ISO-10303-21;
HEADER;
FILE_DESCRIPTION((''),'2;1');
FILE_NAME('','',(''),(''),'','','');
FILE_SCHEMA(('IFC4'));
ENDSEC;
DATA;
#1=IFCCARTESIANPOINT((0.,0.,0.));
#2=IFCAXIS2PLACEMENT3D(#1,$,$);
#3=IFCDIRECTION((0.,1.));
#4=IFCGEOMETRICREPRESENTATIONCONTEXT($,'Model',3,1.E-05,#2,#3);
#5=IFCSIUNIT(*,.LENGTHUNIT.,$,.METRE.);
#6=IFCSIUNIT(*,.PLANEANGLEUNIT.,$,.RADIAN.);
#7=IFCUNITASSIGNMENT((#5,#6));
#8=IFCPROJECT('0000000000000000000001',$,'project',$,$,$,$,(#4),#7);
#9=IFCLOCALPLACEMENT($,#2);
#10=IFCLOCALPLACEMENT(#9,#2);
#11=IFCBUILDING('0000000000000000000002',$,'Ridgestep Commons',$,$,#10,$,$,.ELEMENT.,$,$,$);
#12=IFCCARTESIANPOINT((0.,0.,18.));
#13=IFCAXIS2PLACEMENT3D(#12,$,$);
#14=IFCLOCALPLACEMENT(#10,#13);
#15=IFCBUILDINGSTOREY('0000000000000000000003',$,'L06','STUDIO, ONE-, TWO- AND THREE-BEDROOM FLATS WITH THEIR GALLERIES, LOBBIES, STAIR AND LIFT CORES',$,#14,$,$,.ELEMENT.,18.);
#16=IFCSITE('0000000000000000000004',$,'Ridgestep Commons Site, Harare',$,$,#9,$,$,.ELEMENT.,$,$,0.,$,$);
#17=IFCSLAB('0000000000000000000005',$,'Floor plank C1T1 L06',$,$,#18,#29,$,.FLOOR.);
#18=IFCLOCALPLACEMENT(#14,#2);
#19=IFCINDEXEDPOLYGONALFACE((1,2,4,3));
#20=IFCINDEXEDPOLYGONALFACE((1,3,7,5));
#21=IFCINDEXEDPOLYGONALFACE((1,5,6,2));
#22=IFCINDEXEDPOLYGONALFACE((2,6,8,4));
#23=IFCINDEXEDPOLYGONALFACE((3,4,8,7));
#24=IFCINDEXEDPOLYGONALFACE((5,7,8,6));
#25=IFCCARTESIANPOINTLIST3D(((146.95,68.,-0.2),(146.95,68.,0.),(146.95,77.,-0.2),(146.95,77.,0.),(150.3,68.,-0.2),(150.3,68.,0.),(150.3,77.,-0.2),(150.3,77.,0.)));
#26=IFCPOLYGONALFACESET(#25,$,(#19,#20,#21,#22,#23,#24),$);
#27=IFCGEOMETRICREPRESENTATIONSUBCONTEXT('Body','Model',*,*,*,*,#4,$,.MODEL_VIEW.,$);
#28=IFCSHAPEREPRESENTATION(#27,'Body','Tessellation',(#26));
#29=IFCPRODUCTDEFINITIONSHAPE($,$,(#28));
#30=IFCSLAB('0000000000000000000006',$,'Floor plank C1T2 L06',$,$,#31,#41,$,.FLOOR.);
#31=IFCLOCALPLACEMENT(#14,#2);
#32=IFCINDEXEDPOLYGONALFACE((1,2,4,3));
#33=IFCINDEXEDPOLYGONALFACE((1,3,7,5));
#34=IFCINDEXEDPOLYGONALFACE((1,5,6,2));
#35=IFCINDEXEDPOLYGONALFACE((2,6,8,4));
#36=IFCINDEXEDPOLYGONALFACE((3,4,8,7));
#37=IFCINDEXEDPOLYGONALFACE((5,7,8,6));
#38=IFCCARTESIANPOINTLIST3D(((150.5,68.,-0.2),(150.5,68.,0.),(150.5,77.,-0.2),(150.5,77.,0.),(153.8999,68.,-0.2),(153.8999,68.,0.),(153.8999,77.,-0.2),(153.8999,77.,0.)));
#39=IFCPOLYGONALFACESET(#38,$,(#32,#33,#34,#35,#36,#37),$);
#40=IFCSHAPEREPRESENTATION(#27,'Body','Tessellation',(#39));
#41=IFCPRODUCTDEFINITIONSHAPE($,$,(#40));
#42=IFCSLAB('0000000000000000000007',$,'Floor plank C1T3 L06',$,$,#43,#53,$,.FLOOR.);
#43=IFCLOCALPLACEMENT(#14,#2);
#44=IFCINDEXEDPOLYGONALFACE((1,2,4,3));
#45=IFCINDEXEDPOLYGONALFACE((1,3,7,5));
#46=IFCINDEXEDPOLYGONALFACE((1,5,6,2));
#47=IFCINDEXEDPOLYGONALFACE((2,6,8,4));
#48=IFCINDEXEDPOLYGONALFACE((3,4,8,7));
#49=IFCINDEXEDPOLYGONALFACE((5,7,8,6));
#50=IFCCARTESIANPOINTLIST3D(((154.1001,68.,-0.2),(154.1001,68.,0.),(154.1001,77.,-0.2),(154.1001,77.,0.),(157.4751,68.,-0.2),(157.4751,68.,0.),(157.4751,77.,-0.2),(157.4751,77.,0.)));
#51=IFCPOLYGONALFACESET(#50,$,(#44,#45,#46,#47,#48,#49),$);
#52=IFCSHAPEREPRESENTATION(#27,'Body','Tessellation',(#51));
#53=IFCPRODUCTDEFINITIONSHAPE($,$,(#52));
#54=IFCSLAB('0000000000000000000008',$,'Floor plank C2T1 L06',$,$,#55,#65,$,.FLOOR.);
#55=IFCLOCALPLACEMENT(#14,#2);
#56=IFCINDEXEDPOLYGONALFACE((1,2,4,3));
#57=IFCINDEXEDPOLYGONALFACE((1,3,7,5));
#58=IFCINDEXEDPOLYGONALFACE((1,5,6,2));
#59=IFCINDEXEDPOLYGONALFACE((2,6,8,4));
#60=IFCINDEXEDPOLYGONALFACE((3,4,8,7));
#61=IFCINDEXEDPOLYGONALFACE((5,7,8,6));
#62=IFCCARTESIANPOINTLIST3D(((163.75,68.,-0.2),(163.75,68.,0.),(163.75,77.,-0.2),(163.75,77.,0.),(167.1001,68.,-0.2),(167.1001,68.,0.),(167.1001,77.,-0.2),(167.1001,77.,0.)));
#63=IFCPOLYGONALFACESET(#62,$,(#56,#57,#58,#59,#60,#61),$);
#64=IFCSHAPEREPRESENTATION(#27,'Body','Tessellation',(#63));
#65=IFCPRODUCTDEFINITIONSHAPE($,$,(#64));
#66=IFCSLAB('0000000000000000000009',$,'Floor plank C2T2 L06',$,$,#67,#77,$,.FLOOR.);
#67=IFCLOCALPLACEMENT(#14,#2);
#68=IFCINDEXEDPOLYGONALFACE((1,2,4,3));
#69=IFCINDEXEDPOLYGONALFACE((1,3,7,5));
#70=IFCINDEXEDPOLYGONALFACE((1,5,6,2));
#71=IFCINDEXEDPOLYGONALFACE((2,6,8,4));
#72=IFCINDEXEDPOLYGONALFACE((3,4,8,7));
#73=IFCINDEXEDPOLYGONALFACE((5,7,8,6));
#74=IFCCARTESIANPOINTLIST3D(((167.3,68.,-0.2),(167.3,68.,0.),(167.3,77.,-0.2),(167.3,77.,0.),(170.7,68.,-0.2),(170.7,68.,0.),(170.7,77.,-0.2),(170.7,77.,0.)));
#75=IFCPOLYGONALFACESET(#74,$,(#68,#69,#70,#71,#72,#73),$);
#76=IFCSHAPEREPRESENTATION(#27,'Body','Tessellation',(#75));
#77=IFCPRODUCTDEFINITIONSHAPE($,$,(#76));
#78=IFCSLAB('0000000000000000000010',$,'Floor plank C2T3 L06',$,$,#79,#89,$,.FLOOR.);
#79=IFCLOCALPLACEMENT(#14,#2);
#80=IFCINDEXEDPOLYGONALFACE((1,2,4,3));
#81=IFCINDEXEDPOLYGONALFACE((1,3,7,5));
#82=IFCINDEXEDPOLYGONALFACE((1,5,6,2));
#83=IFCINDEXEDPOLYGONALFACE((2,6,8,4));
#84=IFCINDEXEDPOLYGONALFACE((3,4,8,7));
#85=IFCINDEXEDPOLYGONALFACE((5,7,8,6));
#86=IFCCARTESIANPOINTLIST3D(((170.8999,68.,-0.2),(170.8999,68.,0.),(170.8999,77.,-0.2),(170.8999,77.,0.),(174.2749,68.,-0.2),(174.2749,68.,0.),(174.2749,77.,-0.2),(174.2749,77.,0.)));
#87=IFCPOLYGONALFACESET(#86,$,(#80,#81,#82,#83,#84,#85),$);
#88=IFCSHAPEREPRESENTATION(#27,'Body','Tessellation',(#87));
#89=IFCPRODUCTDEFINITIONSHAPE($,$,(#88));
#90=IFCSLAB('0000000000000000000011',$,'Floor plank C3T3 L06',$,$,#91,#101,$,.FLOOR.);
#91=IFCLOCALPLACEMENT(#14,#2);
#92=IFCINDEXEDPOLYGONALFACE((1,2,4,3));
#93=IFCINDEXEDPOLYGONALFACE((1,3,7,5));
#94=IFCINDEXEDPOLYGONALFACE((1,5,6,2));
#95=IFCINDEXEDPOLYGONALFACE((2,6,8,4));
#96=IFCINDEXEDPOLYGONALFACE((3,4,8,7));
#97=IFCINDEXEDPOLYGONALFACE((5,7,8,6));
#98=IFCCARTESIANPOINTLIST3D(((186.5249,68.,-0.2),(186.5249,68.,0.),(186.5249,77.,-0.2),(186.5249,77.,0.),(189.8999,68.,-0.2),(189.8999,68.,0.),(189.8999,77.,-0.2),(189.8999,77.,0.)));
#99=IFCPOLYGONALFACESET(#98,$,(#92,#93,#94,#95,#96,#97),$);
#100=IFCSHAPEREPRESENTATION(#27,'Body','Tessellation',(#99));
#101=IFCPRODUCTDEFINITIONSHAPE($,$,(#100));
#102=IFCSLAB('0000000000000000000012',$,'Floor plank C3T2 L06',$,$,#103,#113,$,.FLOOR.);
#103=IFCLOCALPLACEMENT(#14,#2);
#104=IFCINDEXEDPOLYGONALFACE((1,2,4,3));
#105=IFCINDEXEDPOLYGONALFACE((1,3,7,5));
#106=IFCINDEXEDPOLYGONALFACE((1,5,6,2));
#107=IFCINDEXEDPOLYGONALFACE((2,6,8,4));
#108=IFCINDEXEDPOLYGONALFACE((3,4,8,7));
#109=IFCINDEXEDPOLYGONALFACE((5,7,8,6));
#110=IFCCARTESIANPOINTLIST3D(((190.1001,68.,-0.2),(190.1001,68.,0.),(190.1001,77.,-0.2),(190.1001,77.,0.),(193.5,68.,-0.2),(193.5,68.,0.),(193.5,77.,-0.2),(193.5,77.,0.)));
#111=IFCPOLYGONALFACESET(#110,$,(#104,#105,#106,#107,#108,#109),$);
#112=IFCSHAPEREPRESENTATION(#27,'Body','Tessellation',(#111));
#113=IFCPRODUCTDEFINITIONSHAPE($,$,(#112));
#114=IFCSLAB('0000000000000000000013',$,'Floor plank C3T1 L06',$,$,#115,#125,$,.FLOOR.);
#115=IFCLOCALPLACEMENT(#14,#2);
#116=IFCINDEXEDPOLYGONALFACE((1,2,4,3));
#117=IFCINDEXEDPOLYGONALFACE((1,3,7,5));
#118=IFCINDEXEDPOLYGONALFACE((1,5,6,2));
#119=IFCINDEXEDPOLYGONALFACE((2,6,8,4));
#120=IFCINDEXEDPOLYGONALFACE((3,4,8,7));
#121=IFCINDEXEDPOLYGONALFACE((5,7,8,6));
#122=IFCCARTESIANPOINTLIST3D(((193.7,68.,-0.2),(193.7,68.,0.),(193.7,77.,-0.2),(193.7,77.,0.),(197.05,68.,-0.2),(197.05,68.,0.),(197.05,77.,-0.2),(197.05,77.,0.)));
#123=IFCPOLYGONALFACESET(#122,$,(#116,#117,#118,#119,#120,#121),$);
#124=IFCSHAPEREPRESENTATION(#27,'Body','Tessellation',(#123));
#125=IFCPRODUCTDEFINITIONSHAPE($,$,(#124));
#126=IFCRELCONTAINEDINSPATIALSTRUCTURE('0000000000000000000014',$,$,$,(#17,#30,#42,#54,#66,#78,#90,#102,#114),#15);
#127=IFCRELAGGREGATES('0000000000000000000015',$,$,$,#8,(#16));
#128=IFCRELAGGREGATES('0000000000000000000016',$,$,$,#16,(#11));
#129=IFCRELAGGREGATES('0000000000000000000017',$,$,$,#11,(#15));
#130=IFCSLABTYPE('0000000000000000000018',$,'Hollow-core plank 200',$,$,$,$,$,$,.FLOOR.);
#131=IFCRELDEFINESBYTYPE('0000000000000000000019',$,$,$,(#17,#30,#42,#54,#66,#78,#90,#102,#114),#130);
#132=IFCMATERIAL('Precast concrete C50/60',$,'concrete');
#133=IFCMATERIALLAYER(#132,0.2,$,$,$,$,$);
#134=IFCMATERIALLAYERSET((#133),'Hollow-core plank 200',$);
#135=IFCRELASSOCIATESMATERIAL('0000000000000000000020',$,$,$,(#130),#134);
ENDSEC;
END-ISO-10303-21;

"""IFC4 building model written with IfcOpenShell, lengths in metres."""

from ifc_helpers import new_model, si_unit, direction, frame, origin, place, context, subcontext, project, spatial, polyline, outline, extrude, material, layer, layer_set, type_object, element, save


model = new_model("IFC4")

# Units and contexts
model_context = context("Model", 3, precision=1e-05, world=origin(), true_north=direction((0.0, 1.0)))
body_context = subcontext(model_context, "Body", "Model", "MODEL_VIEW")
ifc_project = project(units=[si_unit("LENGTHUNIT", "METRE"), si_unit("PLANEANGLEUNIT", "RADIAN")], contexts=[model_context])

# Site, building, storey
site_placement = place(None, origin())
site = spatial("IfcSite", under=ifc_project, at=site_placement, Name="Ridgestep Commons Site, Harare", CompositionType="ELEMENT", RefElevation=0.0)
building_placement = place(site_placement, origin())
building = spatial("IfcBuilding", under=site, at=building_placement, Name="Ridgestep Commons", CompositionType="ELEMENT")
storey_placement = place(building_placement, frame((0.0, 0.0, 18.0)))
storey = spatial("IfcBuildingStorey", under=building, at=storey_placement, Name="L06", Description="STUDIO, ONE-, TWO- AND THREE-BEDROOM FLATS WITH THEIR GALLERIES, LOBBIES, STAIR AND LIFT CORES", CompositionType="ELEMENT", Elevation=18.0)

# Slabs
ifc_material_1 = material(Name="Precast concrete C50/60", Category="concrete")
ifc_layer_1 = layer(ifc_material_1, 0.2)
ifc_layer_set_1 = layer_set([ifc_layer_1], Name="Hollow-core plank 200")
slab_type_1 = type_object("IfcSlabType", Name="Hollow-core plank 200", PredefinedType="FLOOR", material=ifc_layer_set_1)
slab_1_placement = place(storey_placement, frame((0.0, 0.0, -0.2)))
element("IfcSlab", 1, at=slab_1_placement, inside=storey, type_object=slab_type_1, Name="Floor plank C1T1 L06", PredefinedType="FLOOR", context=body_context, shape_type="SweptSolid", body=[
    extrude(outline(polyline([(150.3, 68.0), (150.3, 77.0), (146.95, 77.0), (146.95, 68.0), (150.3, 68.0)])), origin(), (0.0, 0.0, 1.0), 0.2),
])
slab_2_placement = place(storey_placement, frame((0.0, 0.0, -0.2)))
element("IfcSlab", 2, at=slab_2_placement, inside=storey, type_object=slab_type_1, Name="Floor plank C1T2 L06", PredefinedType="FLOOR", context=body_context, shape_type="SweptSolid", body=[
    extrude(outline(polyline([(153.8999, 68.0), (153.8999, 77.0), (150.5, 77.0), (150.5, 68.0), (153.8999, 68.0)])), origin(), (0.0, 0.0, 1.0), 0.2),
])
slab_3_placement = place(storey_placement, frame((0.0, 0.0, -0.2)))
element("IfcSlab", 3, at=slab_3_placement, inside=storey, type_object=slab_type_1, Name="Floor plank C1T3 L06", PredefinedType="FLOOR", context=body_context, shape_type="SweptSolid", body=[
    extrude(outline(polyline([(157.4751, 68.0), (157.4751, 77.0), (154.1001, 77.0), (154.1001, 68.0), (157.4751, 68.0)])), origin(), (0.0, 0.0, 1.0), 0.2),
])
slab_4_placement = place(storey_placement, frame((0.0, 0.0, -0.2)))
element("IfcSlab", 4, at=slab_4_placement, inside=storey, type_object=slab_type_1, Name="Floor plank C2T1 L06", PredefinedType="FLOOR", context=body_context, shape_type="SweptSolid", body=[
    extrude(outline(polyline([(167.1001, 68.0), (167.1001, 77.0), (163.75, 77.0), (163.75, 68.0), (167.1001, 68.0)])), origin(), (0.0, 0.0, 1.0), 0.2),
])
slab_5_placement = place(storey_placement, frame((0.0, 0.0, -0.2)))
element("IfcSlab", 5, at=slab_5_placement, inside=storey, type_object=slab_type_1, Name="Floor plank C2T2 L06", PredefinedType="FLOOR", context=body_context, shape_type="SweptSolid", body=[
    extrude(outline(polyline([(170.7, 68.0), (170.7, 77.0), (167.3, 77.0), (167.3, 68.0), (170.7, 68.0)])), origin(), (0.0, 0.0, 1.0), 0.2),
])
slab_6_placement = place(storey_placement, frame((0.0, 0.0, -0.2)))
element("IfcSlab", 6, at=slab_6_placement, inside=storey, type_object=slab_type_1, Name="Floor plank C2T3 L06", PredefinedType="FLOOR", context=body_context, shape_type="SweptSolid", body=[
    extrude(outline(polyline([(174.2749, 68.0), (174.2749, 77.0), (170.8999, 77.0), (170.8999, 68.0), (174.2749, 68.0)])), origin(), (0.0, 0.0, 1.0), 0.2),
])
slab_7_placement = place(storey_placement, frame((0.0, 0.0, -0.2)))
element("IfcSlab", 7, at=slab_7_placement, inside=storey, type_object=slab_type_1, Name="Floor plank C3T3 L06", PredefinedType="FLOOR", context=body_context, shape_type="SweptSolid", body=[
    extrude(outline(polyline([(189.8999, 68.0), (189.8999, 77.0), (186.5249, 77.0), (186.5249, 68.0), (189.8999, 68.0)])), origin(), (0.0, 0.0, 1.0), 0.2),
])
slab_8_placement = place(storey_placement, frame((0.0, 0.0, -0.2)))
element("IfcSlab", 8, at=slab_8_placement, inside=storey, type_object=slab_type_1, Name="Floor plank C3T2 L06", PredefinedType="FLOOR", context=body_context, shape_type="SweptSolid", body=[
    extrude(outline(polyline([(193.5, 68.0), (193.5, 77.0), (190.1001, 77.0), (190.1001, 68.0), (193.5, 68.0)])), origin(), (0.0, 0.0, 1.0), 0.2),
])
slab_9_placement = place(storey_placement, frame((0.0, 0.0, -0.2)))
element("IfcSlab", 9, at=slab_9_placement, inside=storey, type_object=slab_type_1, Name="Floor plank C3T1 L06", PredefinedType="FLOOR", context=body_context, shape_type="SweptSolid", body=[
    extrude(outline(polyline([(197.05, 68.0), (197.05, 77.0), (193.7, 77.0), (193.7, 68.0), (197.05, 68.0)])), origin(), (0.0, 0.0, 1.0), 0.2),
])

save(model, "model.ifc")
